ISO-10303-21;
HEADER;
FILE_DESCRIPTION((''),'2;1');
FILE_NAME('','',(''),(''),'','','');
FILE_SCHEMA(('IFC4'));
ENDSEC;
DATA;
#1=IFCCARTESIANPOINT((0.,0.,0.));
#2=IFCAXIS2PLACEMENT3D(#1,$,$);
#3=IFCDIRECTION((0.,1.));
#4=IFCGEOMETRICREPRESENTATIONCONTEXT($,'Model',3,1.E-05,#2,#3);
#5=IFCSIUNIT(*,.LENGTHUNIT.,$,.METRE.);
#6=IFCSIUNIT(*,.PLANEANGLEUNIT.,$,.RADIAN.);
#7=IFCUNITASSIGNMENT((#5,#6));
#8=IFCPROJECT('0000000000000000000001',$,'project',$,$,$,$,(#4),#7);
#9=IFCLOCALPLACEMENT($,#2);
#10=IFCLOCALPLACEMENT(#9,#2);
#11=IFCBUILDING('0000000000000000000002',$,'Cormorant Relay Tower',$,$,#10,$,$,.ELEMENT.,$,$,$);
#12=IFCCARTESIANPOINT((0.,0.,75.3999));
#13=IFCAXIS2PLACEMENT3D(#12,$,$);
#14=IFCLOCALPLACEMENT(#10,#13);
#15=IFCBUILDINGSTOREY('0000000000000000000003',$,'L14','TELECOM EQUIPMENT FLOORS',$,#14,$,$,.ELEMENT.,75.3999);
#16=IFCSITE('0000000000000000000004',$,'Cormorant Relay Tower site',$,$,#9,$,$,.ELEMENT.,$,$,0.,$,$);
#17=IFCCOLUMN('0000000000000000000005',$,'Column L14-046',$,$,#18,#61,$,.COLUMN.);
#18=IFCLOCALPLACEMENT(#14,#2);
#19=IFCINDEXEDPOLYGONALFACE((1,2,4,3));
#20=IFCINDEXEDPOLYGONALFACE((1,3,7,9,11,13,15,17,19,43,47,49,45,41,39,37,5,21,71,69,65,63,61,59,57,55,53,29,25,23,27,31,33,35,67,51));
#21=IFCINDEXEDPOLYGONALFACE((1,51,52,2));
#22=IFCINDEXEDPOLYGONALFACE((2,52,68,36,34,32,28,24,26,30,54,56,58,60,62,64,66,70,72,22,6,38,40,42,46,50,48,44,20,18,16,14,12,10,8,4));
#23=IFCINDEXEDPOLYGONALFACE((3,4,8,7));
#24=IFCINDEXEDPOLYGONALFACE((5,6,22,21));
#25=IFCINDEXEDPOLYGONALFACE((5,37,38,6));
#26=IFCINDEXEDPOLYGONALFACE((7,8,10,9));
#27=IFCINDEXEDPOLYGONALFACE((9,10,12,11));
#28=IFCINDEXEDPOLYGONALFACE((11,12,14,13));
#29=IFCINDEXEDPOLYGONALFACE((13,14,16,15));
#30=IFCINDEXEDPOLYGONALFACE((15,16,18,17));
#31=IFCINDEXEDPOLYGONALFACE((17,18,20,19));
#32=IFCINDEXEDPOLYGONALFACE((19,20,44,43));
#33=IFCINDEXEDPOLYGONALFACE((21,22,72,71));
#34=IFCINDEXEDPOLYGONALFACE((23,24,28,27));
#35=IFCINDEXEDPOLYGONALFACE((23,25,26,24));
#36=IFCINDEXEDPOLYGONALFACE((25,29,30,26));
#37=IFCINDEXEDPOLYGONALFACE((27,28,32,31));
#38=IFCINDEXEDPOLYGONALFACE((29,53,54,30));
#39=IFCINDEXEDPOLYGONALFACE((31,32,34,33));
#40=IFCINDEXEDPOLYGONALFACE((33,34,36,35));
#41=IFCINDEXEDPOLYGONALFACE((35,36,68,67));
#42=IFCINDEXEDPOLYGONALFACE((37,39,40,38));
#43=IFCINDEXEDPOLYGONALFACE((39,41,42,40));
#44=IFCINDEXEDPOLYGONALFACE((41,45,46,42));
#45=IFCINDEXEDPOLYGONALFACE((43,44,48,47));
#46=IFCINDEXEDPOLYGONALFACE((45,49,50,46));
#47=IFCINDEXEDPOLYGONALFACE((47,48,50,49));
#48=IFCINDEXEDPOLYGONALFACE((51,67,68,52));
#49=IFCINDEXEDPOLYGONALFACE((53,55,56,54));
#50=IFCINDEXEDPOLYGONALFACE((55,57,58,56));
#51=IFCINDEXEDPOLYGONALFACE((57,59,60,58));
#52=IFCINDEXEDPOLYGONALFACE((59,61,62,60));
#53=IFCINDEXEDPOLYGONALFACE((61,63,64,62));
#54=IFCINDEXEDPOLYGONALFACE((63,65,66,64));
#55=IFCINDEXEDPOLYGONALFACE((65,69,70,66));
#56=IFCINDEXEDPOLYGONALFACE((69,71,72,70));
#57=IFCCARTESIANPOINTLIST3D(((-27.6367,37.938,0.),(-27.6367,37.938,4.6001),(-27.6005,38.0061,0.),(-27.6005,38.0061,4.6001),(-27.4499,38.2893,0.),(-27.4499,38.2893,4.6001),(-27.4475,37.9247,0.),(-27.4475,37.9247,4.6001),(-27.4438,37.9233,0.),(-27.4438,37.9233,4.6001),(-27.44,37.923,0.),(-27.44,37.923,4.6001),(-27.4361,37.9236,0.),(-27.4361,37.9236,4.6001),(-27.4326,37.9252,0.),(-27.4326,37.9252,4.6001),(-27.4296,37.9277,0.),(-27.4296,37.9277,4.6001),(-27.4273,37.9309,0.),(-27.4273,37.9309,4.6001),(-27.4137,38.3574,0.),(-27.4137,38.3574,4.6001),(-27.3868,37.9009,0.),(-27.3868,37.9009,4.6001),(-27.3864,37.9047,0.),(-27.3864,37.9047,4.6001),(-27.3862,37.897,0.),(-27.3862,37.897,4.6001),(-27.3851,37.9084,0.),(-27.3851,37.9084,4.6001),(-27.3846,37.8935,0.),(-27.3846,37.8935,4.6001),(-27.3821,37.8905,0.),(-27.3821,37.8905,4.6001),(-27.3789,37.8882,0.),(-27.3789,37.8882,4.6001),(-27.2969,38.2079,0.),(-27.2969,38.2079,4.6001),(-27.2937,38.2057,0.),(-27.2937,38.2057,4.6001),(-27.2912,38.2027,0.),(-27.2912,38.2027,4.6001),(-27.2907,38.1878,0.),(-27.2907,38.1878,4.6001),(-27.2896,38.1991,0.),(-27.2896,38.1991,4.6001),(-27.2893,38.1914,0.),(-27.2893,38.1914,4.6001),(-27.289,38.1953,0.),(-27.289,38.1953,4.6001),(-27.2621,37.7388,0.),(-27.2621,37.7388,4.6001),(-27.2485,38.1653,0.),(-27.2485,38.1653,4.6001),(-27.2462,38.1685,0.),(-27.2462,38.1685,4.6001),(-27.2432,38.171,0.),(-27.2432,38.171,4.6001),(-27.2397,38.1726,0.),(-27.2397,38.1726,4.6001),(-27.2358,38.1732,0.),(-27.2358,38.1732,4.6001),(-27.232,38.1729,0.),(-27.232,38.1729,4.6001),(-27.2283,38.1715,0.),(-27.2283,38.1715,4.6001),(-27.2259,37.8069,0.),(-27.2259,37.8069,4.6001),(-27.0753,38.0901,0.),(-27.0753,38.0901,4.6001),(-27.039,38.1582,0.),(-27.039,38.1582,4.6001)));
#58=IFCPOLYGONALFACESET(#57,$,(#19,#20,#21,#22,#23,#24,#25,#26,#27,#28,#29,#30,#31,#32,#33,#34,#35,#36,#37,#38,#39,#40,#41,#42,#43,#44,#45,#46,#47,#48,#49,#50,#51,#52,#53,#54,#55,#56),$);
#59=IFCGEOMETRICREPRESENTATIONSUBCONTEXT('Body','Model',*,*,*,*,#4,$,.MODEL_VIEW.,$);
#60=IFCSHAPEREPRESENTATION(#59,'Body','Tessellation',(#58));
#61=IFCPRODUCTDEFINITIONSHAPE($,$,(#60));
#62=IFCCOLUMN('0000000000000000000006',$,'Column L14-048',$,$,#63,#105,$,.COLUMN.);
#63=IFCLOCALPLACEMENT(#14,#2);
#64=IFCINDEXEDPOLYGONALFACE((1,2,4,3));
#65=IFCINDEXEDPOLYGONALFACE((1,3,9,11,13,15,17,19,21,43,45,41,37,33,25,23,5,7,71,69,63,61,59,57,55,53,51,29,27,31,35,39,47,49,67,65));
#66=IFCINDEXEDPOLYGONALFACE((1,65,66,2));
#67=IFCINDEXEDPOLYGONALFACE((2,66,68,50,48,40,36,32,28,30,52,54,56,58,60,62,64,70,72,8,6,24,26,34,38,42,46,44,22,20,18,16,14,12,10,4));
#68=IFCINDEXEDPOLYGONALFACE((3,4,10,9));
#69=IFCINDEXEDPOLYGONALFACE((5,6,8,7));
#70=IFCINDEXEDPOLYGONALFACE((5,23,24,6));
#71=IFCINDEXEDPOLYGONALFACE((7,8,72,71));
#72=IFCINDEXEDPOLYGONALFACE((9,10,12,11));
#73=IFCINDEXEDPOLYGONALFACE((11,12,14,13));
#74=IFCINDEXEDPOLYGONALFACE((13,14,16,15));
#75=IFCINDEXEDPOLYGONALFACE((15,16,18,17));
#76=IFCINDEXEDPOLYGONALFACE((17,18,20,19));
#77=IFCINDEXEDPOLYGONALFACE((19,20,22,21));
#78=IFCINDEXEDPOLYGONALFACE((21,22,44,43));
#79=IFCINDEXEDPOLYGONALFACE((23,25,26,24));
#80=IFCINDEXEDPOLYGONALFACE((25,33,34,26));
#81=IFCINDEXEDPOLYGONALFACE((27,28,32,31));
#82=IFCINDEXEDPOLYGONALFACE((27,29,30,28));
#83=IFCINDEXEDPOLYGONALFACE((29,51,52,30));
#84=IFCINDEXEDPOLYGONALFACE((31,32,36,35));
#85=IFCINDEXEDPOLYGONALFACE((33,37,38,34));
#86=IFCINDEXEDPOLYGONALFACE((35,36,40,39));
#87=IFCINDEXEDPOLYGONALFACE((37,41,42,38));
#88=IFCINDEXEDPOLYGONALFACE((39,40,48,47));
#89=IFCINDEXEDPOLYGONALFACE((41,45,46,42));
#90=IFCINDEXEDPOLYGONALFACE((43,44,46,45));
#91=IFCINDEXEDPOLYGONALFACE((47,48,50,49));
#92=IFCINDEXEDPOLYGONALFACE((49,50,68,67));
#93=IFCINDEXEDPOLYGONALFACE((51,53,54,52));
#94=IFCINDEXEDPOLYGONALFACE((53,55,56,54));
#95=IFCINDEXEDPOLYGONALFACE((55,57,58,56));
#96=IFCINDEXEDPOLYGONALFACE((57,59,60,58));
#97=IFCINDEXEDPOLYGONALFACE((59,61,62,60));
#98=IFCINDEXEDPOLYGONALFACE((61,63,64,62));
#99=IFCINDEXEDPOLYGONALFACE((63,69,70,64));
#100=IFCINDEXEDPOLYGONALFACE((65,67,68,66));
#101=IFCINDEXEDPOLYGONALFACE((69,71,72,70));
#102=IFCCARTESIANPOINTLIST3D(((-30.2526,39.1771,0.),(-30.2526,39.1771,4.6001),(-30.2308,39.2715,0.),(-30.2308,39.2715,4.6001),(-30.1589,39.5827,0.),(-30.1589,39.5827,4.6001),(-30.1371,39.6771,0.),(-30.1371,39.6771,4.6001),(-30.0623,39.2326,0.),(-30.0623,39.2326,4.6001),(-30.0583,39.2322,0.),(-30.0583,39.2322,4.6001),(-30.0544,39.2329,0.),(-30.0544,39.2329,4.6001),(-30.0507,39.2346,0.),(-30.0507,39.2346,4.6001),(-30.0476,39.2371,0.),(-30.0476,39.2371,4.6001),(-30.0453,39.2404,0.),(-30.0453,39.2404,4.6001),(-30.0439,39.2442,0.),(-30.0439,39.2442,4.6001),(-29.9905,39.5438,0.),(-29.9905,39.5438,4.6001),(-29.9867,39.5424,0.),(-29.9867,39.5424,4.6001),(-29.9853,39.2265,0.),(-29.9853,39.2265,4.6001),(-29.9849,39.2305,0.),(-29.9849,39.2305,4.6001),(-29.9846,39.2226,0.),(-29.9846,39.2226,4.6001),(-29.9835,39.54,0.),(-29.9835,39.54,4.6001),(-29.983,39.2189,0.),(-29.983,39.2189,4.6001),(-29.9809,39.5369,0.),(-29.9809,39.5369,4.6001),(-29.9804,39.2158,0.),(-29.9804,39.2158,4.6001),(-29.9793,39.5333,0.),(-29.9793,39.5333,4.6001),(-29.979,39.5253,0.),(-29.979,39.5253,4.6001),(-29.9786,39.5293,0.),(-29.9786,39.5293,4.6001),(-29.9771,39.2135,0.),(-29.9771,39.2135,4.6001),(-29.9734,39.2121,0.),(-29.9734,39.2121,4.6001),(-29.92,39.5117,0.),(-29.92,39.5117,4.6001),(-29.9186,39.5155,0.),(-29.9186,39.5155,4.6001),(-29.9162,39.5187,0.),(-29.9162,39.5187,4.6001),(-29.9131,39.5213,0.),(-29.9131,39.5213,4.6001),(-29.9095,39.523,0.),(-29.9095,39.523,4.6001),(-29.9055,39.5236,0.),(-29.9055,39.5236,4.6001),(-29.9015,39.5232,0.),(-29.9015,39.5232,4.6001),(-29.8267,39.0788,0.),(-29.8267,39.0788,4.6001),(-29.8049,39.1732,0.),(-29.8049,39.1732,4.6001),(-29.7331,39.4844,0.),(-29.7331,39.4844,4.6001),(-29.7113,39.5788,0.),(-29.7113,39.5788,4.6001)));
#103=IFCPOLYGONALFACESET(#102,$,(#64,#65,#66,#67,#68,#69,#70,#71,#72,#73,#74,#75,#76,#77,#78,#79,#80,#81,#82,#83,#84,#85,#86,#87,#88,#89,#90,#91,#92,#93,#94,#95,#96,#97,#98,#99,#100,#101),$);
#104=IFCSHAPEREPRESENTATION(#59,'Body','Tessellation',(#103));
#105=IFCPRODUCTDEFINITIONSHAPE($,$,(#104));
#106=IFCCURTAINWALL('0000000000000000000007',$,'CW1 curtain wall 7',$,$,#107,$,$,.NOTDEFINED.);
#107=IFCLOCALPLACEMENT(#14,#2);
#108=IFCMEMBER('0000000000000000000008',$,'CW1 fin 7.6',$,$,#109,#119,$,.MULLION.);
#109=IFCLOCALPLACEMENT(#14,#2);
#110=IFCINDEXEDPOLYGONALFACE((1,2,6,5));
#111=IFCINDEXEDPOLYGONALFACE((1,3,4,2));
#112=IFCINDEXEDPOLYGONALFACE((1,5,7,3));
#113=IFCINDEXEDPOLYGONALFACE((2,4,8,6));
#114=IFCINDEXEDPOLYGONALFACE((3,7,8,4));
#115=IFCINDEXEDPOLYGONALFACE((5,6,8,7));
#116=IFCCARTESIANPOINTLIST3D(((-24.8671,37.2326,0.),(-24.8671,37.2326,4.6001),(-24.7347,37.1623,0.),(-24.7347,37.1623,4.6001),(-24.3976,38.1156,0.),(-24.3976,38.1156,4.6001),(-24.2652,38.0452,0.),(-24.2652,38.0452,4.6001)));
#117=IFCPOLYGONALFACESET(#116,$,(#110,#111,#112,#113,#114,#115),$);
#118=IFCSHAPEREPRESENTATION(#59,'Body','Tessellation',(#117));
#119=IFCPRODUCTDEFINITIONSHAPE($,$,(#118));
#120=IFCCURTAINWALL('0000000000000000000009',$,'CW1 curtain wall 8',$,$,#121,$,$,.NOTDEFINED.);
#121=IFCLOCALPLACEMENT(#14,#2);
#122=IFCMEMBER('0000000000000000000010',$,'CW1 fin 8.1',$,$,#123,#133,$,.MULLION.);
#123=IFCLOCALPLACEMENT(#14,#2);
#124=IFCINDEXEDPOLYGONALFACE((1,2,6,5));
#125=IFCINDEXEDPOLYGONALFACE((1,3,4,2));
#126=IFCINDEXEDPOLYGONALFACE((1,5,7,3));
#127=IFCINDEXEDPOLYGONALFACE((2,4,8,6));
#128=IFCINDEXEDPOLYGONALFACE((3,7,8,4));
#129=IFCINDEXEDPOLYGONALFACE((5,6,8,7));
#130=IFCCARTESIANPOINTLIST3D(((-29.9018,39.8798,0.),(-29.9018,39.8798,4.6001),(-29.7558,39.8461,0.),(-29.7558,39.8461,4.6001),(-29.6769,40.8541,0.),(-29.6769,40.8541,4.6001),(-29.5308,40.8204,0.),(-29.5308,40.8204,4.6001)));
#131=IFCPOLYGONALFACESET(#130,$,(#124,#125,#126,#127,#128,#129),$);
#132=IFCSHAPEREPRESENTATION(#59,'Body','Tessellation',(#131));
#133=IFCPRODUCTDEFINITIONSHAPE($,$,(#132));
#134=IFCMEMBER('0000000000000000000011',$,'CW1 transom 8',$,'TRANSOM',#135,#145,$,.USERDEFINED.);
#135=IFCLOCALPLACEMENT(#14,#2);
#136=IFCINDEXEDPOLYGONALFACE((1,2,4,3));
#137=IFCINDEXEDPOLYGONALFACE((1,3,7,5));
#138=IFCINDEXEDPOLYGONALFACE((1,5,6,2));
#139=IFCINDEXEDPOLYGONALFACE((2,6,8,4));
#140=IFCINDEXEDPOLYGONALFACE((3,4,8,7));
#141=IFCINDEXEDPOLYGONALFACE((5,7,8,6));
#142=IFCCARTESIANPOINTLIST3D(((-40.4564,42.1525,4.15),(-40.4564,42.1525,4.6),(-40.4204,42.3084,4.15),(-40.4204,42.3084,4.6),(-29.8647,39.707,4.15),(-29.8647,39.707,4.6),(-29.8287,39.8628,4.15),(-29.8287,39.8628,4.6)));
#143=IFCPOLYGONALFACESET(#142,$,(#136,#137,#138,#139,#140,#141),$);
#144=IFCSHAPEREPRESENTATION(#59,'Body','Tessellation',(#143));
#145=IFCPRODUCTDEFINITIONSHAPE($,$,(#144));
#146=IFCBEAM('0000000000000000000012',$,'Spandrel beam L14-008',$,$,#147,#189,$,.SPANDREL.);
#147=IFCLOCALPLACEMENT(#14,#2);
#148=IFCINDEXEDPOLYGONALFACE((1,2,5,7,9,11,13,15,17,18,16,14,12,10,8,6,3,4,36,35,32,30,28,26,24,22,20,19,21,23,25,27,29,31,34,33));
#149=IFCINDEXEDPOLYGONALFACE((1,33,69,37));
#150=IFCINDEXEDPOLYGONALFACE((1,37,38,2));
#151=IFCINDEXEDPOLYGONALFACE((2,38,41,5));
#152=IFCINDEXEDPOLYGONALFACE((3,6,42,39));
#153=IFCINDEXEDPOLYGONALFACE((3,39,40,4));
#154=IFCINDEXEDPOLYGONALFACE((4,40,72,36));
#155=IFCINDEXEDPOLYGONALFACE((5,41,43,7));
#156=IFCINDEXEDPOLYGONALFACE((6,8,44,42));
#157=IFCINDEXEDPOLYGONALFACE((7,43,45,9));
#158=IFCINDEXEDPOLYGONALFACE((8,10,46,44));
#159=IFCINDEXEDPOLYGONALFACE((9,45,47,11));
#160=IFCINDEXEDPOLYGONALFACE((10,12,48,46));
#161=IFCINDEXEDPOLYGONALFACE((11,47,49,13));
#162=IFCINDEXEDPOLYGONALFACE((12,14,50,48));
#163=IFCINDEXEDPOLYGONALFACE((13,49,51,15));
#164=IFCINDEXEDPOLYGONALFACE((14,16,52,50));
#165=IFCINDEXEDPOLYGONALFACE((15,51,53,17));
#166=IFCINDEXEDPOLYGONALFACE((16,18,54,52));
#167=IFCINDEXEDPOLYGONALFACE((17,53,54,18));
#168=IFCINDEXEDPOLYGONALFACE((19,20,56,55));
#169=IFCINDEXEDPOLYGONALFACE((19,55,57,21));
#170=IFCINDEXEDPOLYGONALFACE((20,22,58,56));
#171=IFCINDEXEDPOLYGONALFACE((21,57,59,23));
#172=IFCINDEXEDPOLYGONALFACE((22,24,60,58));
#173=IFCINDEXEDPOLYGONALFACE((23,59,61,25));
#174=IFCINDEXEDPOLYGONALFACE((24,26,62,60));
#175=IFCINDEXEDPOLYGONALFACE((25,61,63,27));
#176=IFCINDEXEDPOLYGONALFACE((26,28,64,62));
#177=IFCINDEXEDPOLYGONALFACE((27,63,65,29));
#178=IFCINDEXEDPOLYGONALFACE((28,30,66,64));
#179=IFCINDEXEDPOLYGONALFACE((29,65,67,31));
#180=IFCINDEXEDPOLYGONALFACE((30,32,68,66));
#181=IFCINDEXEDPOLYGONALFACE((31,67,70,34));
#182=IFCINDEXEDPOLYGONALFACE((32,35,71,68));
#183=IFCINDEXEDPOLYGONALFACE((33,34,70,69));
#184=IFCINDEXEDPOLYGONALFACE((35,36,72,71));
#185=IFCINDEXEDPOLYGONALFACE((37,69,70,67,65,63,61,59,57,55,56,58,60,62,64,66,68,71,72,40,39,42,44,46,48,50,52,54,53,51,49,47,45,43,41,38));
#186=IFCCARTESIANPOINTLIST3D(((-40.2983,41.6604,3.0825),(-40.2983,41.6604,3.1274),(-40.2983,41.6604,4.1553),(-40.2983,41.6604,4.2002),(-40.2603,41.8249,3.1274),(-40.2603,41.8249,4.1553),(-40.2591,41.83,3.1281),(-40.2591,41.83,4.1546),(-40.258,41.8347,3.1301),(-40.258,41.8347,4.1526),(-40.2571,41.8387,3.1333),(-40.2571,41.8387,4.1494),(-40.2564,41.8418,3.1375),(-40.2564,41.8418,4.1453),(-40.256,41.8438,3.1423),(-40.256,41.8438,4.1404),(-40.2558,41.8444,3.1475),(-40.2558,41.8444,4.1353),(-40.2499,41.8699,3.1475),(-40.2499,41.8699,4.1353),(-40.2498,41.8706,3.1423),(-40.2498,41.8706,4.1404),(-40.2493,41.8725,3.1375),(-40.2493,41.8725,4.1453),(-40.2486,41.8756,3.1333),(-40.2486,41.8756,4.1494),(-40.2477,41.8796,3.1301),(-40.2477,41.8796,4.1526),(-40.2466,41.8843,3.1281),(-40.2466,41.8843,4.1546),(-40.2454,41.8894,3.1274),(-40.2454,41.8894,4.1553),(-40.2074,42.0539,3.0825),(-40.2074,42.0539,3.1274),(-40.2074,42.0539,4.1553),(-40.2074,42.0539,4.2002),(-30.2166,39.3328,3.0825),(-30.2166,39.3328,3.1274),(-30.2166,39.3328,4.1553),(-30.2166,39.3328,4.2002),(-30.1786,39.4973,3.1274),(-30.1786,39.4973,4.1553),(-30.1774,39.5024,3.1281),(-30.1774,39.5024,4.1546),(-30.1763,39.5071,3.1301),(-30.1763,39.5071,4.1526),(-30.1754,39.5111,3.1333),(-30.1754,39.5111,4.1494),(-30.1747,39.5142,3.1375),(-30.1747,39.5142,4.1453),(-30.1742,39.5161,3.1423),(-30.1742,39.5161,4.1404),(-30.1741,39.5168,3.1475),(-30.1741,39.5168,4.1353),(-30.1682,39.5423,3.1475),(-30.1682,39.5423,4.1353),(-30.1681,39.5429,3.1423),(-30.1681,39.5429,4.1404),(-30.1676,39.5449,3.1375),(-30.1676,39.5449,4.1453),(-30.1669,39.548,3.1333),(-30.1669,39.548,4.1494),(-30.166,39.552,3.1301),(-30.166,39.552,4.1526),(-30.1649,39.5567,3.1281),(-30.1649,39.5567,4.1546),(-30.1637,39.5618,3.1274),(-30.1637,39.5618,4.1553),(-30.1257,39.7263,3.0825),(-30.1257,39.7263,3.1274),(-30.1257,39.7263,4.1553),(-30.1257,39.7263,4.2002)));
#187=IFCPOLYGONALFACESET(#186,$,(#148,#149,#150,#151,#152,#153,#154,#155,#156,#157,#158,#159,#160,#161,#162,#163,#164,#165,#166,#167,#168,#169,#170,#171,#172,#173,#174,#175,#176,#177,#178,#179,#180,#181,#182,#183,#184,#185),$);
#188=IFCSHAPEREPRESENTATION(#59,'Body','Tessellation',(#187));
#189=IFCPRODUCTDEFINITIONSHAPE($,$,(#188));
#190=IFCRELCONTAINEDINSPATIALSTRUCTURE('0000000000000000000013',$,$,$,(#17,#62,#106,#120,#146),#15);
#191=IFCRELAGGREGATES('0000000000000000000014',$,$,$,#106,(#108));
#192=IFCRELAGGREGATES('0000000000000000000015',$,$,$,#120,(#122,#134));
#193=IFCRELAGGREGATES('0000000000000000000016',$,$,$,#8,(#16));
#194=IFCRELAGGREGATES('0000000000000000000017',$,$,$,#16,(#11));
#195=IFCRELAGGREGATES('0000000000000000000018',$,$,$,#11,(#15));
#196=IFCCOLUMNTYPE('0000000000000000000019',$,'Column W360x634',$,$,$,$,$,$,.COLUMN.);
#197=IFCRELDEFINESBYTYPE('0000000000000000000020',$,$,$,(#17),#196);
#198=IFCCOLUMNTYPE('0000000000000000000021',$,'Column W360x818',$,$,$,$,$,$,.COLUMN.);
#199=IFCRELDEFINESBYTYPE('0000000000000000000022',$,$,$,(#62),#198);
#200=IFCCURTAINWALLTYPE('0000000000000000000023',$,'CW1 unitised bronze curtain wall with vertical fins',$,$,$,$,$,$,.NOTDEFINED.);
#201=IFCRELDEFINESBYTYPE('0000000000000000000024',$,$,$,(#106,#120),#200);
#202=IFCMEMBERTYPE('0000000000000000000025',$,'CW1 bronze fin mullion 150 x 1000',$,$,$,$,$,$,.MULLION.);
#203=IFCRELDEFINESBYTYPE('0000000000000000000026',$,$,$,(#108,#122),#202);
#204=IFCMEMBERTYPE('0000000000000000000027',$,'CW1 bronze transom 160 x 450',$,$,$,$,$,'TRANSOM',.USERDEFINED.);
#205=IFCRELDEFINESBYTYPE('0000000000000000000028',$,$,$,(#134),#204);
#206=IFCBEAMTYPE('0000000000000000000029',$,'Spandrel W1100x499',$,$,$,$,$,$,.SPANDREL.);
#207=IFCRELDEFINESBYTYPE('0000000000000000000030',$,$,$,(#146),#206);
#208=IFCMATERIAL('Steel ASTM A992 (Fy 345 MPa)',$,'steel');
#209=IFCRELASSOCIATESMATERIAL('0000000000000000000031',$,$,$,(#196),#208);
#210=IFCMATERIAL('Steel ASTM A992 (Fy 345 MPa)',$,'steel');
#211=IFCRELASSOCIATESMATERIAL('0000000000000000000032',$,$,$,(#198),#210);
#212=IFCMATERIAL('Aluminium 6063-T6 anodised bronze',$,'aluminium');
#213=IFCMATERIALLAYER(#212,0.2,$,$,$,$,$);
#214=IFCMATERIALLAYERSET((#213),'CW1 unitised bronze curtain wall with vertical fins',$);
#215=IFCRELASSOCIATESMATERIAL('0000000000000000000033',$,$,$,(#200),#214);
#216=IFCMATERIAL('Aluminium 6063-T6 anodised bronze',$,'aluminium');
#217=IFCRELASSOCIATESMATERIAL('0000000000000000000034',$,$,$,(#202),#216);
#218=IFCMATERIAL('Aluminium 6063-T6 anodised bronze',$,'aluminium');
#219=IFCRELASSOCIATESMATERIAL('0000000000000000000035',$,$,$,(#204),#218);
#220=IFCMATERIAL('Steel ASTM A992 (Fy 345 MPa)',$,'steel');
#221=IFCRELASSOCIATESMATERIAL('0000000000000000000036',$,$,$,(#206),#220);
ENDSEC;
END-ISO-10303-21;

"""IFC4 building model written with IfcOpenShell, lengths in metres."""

from ifc_helpers import new_model, si_unit, direction, frame, origin, origin_2d, place, context, subcontext, project, spatial, rectangle, i_section, extrude, material, layer, layer_set, material_profile, profile_set, type_object, element, aggregate, save


model = new_model("IFC4")

# Units and contexts
model_context = context("Model", 3, precision=1e-05, world=origin(), true_north=direction((0.0, 1.0)))
body_context = subcontext(model_context, "Body", "Model", "MODEL_VIEW")
ifc_project = project(units=[si_unit("LENGTHUNIT", "METRE"), si_unit("PLANEANGLEUNIT", "RADIAN")], contexts=[model_context])

# Site, building, storey
site_placement = place(None, origin())
site = spatial("IfcSite", under=ifc_project, at=site_placement, Name="Cormorant Relay Tower site", CompositionType="ELEMENT", RefElevation=0.0)
building_placement = place(site_placement, origin())
building = spatial("IfcBuilding", under=site, at=building_placement, Name="Cormorant Relay Tower", CompositionType="ELEMENT")
storey_placement = place(building_placement, frame((0.0, 0.0, 75.3999)))
storey = spatial("IfcBuildingStorey", under=building, at=storey_placement, Name="L14", Description="TELECOM EQUIPMENT FLOORS", CompositionType="ELEMENT", Elevation=75.3999)

# Columns
ifc_material_1 = material(Name="Steel ASTM A992 (Fy 345 MPa)", Category="steel")
ifc_material_profile_1 = material_profile(ifc_material_1, i_section(OverallWidth=0.4243, OverallDepth=0.4751, WebThickness=0.0479, FlangeThickness=0.0771, FilletRadius=0.0149, at=origin_2d()), Name="W360x634")
ifc_profile_set_1 = profile_set([ifc_material_profile_1], Name="Steel ASTM A992 (Fy 345 MPa)")
column_type_1 = type_object("IfcColumnType", Name="Column W360x634", PredefinedType="COLUMN", material=ifc_profile_set_1)
column_1_placement = place(storey_placement, frame((-27.3379, 38.0481, 0.0), z_axis=(0.0, 0.0, 1.0), x_axis=(-0.882948, 0.469472, 0.0)))
element("IfcColumn", 1, at=column_1_placement, inside=storey, type_object=column_type_1, Name="Column L14-046", PredefinedType="COLUMN", context=body_context, shape_type="SweptSolid", body=[
    extrude(i_section(OverallWidth=0.4243, OverallDepth=0.4751, WebThickness=0.0479, FlangeThickness=0.0771, FilletRadius=0.0149, at=origin_2d()), origin(), (0.0, 0.0, 1.0), 4.6001),
])
ifc_material_2 = material(Name="Steel ASTM A992 (Fy 345 MPa)", Category="steel")
ifc_material_profile_2 = material_profile(ifc_material_2, i_section(OverallWidth=0.437, OverallDepth=0.5132, WebThickness=0.0605, FlangeThickness=0.0969, FilletRadius=0.0154, at=origin_2d()), Name="W360x818")
ifc_profile_set_2 = profile_set([ifc_material_profile_2], Name="Steel ASTM A992 (Fy 345 MPa)")
column_type_2 = type_object("IfcColumnType", Name="Column W360x818", PredefinedType="COLUMN", material=ifc_profile_set_2)
column_2_placement = place(storey_placement, frame((-29.9819, 39.3779, 0.0), z_axis=(0.0, 0.0, 1.0), x_axis=(-0.97437, 0.224951, 0.0)))
element("IfcColumn", 2, at=column_2_placement, inside=storey, type_object=column_type_2, Name="Column L14-048", PredefinedType="COLUMN", context=body_context, shape_type="SweptSolid", body=[
    extrude(i_section(OverallWidth=0.437, OverallDepth=0.5132, WebThickness=0.0605, FlangeThickness=0.0969, FilletRadius=0.0154, at=origin_2d()), origin(), (0.0, 0.0, 1.0), 4.6001),
])

# Curtain wall, member
ifc_material_3 = material(Name="Aluminium 6063-T6 anodised bronze", Category="aluminium")
ifc_layer_1 = layer(ifc_material_3, 0.2)
ifc_layer_set_1 = layer_set([ifc_layer_1], Name="CW1 unitised bronze curtain wall with vertical fins")
curtain_wall_type = type_object("IfcCurtainWallType", Name="CW1 unitised bronze curtain wall with vertical fins", PredefinedType="NOTDEFINED", material=ifc_layer_set_1)
curtain_wall_1_placement = place(storey_placement, origin())
curtain_wall_1 = element("IfcCurtainWall", 3, at=curtain_wall_1_placement, inside=storey, type_object=curtain_wall_type, Name="CW1 curtain wall 7", PredefinedType="NOTDEFINED")
ifc_material_4 = material(Name="Aluminium 6063-T6 anodised bronze", Category="aluminium")
ifc_material_profile_3 = material_profile(ifc_material_4, rectangle(XDim=0.1499, YDim=1.0, at=origin_2d()), Name="AL 150x1000")
ifc_profile_set_3 = profile_set([ifc_material_profile_3], Name="Aluminium 6063-T6 anodised bronze")
member_type_1 = type_object("IfcMemberType", Name="CW1 bronze fin mullion 150 x 1000", PredefinedType="MULLION", material=ifc_profile_set_3)
member_1_placement = place(storey_placement, frame((-24.5662, 37.6389, 0.0), z_axis=(0.0, 0.0, 1.0), x_axis=(-0.882948, 0.469472, 0.0)))
member_1 = element("IfcMember", 4, at=member_1_placement, type_object=member_type_1, Name="CW1 fin 7.6", PredefinedType="MULLION", context=body_context, shape_type="SweptSolid", body=[
    extrude(rectangle(XDim=0.1499, YDim=1.0, at=origin_2d()), origin(), (0.0, 0.0, 1.0), 4.6001),
])

# Curtain wall, members
curtain_wall_2_placement = place(storey_placement, origin())
curtain_wall_2 = element("IfcCurtainWall", 5, at=curtain_wall_2_placement, inside=storey, type_object=curtain_wall_type, Name="CW1 curtain wall 8", PredefinedType="NOTDEFINED")
member_2_placement = place(storey_placement, frame((-29.7163, 40.3501, 0.0), z_axis=(0.0, 0.0, 1.0), x_axis=(-0.97437, 0.224951, 0.0)))
member_2 = element("IfcMember", 6, at=member_2_placement, type_object=member_type_1, Name="CW1 fin 8.1", PredefinedType="MULLION", context=body_context, shape_type="SweptSolid", body=[
    extrude(rectangle(XDim=0.1499, YDim=1.0, at=origin_2d()), origin(), (0.0, 0.0, 1.0), 4.6001),
])
ifc_material_5 = material(Name="Aluminium 6063-T6 anodised bronze", Category="aluminium")
ifc_material_profile_4 = material_profile(ifc_material_5, rectangle(XDim=0.1599, YDim=0.45, at=origin_2d()), Name="AL 160x450")
ifc_profile_set_4 = profile_set([ifc_material_profile_4], Name="Aluminium 6063-T6 anodised bronze")
member_type_2 = type_object("IfcMemberType", Name="CW1 bronze transom 160 x 450", ElementType="TRANSOM", PredefinedType="USERDEFINED", material=ifc_profile_set_4)
member_3_placement = place(storey_placement, frame((-29.8467, 39.7849, 4.375), z_axis=(-0.974365, 0.224973, 0.0), x_axis=(-0.224973, -0.974365, 0.0)))
member_3 = element("IfcMember", 7, at=member_3_placement, type_object=member_type_2, Name="CW1 transom 8", ObjectType="TRANSOM", PredefinedType="USERDEFINED", context=body_context, shape_type="SweptSolid", body=[
    extrude(rectangle(XDim=0.1599, YDim=0.45, at=origin_2d()), origin(), (0.0, 0.0, 1.0), 10.8704),
])

# Beam
ifc_material_6 = material(Name="Steel ASTM A992 (Fy 345 MPa)", Category="steel")
ifc_material_profile_5 = material_profile(ifc_material_6, i_section(OverallWidth=0.4038, OverallDepth=1.1177, WebThickness=0.0261, FlangeThickness=0.0449, FilletRadius=0.02, at=origin_2d()), Name="W1100x499")
ifc_profile_set_5 = profile_set([ifc_material_profile_5], Name="Steel ASTM A992 (Fy 345 MPa)")
beam_type = type_object("IfcBeamType", Name="Spandrel W1100x499", PredefinedType="SPANDREL", material=ifc_profile_set_5)
beam_placement = place(storey_placement, frame((-30.1711, 39.5295, 3.6414), z_axis=(-0.974369, 0.224958, 0.0), x_axis=(-0.224958, -0.974369, 0.0)))
element("IfcBeam", 8, at=beam_placement, inside=storey, type_object=beam_type, Name="Spandrel beam L14-008", PredefinedType="SPANDREL", context=body_context, shape_type="SweptSolid", body=[
    extrude(i_section(OverallWidth=0.4038, OverallDepth=1.1177, WebThickness=0.0261, FlangeThickness=0.0449, FilletRadius=0.02, at=origin_2d()), origin(), (0.0, 0.0, 1.0), 10.3469),
])

aggregate(curtain_wall_1, [member_1])
aggregate(curtain_wall_2, [member_2, member_3])

save(model, "model.ifc")
